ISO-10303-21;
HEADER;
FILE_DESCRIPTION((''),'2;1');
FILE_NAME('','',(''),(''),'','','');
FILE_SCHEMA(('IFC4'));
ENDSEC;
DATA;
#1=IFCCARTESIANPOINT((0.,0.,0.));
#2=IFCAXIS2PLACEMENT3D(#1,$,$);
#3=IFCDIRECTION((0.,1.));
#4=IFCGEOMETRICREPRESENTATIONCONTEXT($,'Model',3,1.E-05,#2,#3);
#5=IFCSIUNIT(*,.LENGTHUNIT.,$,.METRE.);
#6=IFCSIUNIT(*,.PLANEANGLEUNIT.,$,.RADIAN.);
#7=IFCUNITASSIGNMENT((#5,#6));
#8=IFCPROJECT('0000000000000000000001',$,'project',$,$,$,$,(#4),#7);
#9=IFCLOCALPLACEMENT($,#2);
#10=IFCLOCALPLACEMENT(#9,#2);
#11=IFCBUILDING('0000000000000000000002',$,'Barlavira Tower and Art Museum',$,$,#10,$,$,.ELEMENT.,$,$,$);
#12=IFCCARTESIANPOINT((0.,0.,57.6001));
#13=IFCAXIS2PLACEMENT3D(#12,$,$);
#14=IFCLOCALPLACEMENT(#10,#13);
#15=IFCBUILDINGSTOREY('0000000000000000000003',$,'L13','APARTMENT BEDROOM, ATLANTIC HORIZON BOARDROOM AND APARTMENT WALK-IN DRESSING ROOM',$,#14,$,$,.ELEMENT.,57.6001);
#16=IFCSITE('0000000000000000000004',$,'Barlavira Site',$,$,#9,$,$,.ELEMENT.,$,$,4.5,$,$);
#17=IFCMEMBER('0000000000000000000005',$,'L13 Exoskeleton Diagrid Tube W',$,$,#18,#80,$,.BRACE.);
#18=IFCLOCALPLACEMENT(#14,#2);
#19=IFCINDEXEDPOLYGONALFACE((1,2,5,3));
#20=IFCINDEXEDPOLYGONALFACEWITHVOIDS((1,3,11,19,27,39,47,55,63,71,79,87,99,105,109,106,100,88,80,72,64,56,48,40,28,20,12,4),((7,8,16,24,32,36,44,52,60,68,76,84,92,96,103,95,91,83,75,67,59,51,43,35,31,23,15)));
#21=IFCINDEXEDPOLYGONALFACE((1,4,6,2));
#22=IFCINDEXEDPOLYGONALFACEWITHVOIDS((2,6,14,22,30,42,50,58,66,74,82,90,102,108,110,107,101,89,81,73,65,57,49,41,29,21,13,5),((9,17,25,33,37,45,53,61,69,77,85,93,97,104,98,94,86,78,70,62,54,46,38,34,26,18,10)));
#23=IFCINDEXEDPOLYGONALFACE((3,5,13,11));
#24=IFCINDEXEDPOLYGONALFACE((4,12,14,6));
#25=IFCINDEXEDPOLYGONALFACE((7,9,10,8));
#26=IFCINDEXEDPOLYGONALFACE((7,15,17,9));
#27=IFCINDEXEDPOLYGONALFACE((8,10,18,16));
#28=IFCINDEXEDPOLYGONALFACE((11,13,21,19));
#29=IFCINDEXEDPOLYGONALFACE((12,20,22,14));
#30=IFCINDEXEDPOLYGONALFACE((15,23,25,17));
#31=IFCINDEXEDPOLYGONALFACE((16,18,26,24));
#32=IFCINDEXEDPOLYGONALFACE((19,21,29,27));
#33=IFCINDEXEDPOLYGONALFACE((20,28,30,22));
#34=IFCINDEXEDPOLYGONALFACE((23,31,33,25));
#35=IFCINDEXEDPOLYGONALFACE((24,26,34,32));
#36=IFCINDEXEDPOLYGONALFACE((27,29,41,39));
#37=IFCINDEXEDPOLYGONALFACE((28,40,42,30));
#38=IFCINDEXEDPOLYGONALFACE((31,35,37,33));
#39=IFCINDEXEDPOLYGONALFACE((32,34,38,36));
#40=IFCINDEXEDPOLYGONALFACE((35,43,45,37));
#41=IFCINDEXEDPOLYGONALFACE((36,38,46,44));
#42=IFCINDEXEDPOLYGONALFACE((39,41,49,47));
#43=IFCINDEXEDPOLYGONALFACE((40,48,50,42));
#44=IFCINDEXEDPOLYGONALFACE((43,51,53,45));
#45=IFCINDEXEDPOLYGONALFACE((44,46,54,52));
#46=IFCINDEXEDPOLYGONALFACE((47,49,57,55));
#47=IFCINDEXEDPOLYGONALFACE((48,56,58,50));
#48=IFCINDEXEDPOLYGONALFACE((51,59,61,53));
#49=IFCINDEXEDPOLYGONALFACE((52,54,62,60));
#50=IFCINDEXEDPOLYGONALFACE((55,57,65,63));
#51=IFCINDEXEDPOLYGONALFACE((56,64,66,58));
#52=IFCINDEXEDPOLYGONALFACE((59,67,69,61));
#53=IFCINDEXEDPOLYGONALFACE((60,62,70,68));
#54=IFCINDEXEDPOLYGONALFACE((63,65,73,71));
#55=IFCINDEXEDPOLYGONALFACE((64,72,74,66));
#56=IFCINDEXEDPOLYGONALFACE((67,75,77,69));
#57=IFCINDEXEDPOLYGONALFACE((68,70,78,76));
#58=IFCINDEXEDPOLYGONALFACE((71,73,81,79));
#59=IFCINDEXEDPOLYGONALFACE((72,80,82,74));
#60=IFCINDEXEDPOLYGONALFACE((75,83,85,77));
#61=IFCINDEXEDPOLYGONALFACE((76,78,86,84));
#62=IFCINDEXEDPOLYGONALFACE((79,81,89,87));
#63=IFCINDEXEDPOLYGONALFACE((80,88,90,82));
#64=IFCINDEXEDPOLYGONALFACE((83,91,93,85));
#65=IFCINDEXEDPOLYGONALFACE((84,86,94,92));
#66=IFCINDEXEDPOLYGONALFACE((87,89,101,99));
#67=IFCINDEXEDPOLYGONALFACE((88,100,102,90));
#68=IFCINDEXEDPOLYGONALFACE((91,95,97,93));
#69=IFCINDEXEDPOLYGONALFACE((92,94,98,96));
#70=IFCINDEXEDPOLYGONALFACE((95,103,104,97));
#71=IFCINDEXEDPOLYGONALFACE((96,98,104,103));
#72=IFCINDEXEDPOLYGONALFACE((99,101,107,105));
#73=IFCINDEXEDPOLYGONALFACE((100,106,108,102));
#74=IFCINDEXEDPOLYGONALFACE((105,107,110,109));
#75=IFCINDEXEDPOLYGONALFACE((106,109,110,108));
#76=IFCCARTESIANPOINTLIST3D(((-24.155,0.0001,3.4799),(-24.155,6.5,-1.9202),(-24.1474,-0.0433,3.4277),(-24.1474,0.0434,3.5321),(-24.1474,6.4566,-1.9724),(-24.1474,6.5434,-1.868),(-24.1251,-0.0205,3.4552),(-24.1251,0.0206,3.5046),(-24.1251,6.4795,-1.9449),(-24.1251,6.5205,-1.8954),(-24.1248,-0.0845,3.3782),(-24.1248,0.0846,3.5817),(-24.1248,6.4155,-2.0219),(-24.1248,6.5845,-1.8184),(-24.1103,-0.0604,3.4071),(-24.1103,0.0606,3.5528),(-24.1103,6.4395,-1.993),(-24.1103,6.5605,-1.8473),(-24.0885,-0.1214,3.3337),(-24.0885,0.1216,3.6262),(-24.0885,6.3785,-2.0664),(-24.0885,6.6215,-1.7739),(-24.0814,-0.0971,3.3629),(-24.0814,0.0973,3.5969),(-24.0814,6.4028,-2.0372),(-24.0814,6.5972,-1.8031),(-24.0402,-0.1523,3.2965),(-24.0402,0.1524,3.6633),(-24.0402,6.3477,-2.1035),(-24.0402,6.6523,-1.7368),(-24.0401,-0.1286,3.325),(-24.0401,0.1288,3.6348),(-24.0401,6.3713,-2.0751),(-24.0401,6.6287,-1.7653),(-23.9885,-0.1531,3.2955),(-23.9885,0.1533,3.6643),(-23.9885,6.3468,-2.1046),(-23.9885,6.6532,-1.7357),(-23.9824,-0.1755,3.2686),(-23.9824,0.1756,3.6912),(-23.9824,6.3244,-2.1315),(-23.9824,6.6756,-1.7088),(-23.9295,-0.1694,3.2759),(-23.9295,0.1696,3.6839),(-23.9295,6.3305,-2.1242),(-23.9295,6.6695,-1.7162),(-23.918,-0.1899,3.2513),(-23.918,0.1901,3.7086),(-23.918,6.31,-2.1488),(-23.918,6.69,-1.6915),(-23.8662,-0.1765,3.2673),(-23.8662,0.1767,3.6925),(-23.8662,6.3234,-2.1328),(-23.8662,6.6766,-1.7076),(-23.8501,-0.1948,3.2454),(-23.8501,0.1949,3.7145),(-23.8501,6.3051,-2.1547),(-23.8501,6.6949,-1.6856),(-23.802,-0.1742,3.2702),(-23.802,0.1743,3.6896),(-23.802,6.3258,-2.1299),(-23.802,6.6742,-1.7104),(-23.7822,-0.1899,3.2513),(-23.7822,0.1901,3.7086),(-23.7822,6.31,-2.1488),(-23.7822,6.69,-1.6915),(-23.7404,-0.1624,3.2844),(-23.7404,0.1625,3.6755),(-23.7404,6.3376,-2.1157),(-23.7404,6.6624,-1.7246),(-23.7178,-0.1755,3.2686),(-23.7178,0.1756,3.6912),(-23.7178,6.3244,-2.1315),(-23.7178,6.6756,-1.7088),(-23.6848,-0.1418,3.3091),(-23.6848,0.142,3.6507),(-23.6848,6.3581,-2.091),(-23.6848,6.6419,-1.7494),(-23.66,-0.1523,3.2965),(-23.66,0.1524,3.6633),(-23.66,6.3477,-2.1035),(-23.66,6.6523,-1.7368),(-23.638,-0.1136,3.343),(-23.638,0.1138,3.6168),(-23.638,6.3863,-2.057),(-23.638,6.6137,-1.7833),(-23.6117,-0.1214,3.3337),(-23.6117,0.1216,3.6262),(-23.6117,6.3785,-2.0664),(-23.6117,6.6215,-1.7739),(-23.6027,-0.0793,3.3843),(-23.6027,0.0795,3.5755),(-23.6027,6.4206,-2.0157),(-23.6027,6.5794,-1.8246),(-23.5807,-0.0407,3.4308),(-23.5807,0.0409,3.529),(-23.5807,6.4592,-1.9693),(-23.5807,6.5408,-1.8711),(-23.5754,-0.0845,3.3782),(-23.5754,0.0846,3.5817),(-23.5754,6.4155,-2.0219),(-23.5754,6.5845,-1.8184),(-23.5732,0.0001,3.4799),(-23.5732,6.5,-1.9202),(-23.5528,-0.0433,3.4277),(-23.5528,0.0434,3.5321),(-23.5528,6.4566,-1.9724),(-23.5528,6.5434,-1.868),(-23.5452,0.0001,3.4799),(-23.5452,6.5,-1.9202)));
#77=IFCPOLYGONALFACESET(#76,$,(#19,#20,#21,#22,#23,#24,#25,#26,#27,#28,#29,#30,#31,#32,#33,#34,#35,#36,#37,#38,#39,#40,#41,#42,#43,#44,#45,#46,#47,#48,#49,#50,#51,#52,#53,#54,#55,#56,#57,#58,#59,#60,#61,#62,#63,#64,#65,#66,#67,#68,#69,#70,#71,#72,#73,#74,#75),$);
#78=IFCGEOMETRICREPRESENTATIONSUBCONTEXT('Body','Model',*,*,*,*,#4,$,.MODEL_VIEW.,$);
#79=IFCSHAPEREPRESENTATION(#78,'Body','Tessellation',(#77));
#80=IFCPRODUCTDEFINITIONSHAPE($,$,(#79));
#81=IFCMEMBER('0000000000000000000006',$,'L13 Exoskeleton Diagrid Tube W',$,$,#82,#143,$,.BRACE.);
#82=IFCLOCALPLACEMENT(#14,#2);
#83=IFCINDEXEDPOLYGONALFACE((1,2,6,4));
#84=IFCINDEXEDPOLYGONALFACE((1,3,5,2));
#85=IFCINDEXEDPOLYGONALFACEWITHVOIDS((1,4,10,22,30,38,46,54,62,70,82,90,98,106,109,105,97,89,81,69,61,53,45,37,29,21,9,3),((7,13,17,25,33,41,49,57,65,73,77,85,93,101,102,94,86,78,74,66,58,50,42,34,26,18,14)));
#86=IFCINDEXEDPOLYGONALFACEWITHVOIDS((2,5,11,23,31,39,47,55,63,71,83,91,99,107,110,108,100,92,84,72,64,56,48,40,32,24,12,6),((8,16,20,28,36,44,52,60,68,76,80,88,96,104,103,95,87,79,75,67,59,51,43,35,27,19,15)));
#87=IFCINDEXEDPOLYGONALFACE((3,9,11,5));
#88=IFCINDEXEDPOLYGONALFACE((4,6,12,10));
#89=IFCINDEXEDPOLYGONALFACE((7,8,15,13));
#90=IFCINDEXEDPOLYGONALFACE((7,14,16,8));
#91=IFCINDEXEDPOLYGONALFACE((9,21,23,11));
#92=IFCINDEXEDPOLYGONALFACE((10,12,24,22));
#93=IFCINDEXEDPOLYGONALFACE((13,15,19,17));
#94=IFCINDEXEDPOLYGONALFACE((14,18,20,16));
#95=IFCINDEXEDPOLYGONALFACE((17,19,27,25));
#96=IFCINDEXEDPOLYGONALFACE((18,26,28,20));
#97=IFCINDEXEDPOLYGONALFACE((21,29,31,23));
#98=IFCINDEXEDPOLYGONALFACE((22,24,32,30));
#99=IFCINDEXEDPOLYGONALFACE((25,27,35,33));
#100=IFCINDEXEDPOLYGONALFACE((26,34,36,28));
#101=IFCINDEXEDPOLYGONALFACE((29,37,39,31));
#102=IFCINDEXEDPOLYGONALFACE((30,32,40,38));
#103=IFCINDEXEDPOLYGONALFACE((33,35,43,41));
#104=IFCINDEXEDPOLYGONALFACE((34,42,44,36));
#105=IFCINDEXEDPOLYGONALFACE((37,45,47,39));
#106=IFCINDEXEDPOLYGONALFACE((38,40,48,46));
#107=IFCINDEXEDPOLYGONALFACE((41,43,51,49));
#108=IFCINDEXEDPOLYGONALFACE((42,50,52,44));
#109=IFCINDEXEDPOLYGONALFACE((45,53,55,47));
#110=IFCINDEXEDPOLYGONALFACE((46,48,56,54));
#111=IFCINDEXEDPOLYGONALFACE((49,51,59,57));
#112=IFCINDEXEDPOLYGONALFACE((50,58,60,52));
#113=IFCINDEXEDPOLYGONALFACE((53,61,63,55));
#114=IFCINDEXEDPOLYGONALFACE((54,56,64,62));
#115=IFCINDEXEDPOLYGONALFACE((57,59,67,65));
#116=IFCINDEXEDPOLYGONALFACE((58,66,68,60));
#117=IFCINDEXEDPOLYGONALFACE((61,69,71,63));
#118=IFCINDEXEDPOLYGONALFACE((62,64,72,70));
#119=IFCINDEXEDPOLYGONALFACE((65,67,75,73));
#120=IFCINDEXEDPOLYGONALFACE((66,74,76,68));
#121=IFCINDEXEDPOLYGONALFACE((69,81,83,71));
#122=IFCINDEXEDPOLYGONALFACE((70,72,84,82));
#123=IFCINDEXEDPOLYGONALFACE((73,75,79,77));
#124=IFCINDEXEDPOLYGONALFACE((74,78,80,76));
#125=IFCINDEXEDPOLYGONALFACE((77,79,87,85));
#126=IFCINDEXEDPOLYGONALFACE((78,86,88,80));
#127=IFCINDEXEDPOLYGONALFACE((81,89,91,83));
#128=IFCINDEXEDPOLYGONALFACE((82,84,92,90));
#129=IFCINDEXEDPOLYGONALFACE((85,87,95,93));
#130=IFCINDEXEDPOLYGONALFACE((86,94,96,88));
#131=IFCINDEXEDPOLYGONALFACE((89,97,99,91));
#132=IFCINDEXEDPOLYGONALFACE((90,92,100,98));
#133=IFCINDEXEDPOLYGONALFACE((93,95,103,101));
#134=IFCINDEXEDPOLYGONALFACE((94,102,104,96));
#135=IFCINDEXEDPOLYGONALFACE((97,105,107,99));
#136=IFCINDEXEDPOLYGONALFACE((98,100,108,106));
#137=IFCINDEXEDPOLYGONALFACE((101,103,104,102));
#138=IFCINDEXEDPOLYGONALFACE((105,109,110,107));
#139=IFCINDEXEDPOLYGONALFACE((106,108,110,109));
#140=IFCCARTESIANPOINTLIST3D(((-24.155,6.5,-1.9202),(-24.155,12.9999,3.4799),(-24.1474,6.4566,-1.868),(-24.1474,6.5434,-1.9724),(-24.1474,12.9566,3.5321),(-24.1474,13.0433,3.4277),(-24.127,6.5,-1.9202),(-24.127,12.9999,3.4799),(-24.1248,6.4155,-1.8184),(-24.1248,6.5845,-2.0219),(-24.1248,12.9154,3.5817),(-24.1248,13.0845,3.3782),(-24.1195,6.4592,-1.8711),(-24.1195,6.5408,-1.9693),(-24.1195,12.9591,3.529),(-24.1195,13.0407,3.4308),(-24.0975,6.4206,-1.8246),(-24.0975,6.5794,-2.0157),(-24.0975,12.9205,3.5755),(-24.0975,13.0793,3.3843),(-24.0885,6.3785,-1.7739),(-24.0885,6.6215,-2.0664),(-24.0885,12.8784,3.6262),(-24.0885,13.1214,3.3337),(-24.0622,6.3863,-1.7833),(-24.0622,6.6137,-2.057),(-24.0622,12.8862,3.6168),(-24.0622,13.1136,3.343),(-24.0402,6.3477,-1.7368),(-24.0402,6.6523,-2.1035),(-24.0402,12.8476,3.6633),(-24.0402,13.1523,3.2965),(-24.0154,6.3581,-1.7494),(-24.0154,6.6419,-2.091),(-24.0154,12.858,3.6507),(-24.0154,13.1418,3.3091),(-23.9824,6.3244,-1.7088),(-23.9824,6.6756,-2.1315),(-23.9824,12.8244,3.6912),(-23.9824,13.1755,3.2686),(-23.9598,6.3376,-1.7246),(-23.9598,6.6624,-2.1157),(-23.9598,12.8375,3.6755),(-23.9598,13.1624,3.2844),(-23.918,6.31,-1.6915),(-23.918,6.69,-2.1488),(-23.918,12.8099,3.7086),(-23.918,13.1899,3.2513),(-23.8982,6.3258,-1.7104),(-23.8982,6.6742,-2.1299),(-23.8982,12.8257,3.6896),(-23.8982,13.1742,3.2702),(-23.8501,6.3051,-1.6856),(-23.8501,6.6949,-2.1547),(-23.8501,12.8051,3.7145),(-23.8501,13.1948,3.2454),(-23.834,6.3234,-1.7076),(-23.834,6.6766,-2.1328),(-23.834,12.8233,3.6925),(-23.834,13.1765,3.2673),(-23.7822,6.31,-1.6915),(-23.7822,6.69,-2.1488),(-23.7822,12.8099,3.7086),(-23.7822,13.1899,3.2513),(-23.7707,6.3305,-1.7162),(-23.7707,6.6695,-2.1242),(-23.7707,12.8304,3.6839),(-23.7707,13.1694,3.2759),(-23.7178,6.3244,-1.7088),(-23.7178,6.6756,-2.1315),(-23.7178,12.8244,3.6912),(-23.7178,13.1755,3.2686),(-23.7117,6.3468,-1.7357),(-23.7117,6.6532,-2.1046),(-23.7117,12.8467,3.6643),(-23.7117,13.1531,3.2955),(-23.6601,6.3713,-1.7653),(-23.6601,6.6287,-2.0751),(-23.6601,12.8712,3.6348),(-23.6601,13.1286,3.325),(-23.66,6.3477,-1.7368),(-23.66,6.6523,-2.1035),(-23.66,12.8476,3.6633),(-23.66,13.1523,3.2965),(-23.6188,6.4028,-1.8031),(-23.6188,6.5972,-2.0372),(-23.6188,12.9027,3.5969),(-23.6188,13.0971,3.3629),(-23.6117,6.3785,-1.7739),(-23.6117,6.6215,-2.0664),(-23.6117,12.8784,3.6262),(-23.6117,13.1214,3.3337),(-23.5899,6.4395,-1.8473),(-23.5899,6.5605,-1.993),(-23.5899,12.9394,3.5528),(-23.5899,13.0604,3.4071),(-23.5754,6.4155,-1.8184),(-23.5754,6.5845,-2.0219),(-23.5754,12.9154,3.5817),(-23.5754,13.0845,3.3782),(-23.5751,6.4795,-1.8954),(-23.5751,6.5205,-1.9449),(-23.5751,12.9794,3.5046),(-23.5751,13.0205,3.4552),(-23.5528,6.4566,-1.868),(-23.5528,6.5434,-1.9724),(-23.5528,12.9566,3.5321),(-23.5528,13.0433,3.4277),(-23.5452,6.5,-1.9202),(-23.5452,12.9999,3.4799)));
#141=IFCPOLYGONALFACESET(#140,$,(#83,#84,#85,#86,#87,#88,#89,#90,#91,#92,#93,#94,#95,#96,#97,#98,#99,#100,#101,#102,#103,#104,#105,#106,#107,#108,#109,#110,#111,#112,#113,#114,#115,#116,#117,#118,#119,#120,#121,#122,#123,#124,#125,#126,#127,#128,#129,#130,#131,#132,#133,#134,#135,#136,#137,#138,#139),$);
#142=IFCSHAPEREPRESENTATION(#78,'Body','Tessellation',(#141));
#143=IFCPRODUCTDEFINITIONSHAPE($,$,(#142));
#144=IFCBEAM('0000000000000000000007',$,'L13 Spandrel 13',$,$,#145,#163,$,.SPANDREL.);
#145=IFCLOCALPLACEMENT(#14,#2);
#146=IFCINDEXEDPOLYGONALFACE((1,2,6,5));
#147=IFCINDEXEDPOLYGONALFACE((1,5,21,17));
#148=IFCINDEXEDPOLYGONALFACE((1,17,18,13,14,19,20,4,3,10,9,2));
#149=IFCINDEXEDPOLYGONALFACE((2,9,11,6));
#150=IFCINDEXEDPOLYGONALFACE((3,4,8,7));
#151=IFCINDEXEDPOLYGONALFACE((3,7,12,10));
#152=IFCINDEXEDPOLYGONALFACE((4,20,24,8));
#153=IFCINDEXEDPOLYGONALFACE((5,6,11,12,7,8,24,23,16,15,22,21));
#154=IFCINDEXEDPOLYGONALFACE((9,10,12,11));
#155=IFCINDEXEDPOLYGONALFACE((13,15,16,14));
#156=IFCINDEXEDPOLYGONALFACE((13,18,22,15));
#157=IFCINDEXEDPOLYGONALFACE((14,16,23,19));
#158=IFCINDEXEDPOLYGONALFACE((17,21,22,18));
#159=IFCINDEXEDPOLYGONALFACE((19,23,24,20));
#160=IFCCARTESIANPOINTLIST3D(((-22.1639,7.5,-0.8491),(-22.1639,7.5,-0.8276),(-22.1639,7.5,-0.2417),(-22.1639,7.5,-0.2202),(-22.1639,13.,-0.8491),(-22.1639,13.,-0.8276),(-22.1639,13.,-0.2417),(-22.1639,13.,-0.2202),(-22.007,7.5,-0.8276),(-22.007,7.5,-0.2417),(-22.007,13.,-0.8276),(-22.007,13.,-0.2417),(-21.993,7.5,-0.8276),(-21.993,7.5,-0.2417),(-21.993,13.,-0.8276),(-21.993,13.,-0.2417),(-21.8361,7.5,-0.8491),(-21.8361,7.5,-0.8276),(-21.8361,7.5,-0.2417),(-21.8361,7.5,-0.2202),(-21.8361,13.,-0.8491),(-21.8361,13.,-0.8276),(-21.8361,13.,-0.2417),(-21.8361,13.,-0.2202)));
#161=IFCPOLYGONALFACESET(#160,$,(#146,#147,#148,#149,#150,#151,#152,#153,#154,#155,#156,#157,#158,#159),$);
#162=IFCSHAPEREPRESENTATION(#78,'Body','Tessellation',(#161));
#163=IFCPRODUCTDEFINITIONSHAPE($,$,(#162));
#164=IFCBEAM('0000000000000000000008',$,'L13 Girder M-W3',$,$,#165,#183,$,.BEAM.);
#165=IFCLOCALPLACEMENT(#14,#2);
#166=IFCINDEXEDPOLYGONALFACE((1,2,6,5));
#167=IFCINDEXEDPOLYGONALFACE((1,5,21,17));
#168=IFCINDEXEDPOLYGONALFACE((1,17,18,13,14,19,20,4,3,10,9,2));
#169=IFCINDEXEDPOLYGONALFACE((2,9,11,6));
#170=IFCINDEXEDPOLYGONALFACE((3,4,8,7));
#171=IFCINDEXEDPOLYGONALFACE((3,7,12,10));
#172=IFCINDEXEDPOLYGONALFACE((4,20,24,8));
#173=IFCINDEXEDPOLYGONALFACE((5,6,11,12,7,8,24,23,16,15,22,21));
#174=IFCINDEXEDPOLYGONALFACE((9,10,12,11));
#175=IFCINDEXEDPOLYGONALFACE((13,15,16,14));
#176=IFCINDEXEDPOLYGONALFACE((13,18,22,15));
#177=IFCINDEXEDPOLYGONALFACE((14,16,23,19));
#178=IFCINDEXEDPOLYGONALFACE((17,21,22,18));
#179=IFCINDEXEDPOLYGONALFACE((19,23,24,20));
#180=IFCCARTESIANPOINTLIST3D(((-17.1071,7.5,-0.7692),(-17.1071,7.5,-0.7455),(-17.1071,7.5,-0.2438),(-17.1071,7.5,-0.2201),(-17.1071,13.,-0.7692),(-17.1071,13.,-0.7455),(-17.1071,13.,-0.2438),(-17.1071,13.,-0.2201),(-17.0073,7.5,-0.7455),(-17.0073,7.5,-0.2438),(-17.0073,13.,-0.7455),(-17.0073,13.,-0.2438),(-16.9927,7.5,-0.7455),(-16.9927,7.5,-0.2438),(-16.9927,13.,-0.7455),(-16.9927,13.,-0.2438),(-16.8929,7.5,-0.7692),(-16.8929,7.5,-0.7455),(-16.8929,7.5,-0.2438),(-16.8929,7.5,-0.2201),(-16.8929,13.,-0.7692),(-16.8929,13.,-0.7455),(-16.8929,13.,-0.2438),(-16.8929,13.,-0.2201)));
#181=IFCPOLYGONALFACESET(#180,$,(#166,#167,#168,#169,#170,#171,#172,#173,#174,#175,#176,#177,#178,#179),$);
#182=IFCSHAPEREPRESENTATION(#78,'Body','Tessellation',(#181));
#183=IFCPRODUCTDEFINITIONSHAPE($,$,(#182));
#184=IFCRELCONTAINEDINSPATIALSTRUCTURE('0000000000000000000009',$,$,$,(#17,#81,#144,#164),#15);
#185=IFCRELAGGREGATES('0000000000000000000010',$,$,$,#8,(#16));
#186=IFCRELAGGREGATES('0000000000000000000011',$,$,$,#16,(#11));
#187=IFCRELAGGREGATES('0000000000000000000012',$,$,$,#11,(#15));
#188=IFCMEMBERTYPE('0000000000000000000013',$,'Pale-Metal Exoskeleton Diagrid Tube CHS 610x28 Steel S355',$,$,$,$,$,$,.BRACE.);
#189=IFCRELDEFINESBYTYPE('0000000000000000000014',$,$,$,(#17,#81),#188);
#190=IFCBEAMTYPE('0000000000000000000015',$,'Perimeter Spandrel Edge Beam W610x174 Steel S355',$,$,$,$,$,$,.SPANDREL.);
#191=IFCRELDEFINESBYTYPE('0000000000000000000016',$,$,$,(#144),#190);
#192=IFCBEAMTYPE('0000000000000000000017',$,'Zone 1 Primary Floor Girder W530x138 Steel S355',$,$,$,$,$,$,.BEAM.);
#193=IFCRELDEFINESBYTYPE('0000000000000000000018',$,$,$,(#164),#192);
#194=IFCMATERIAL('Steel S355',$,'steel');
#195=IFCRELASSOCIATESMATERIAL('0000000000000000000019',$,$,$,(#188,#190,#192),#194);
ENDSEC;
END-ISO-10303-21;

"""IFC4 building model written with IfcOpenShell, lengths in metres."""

from ifc_helpers import new_model, si_unit, direction, frame, origin, origin_2d, place, context, subcontext, project, spatial, hollow_circle, i_section, extrude, material, material_profile, profile_set, type_object, element, save


model = new_model("IFC4")

# Units and contexts
model_context = context("Model", 3, precision=1e-05, world=origin(), true_north=direction((0.0, 1.0)))
body_context = subcontext(model_context, "Body", "Model", "MODEL_VIEW")
ifc_project = project(units=[si_unit("LENGTHUNIT", "METRE"), si_unit("PLANEANGLEUNIT", "RADIAN")], contexts=[model_context])

# Site, building, storey
site_placement = place(None, origin())
site = spatial("IfcSite", under=ifc_project, at=site_placement, Name="Barlavira Site", CompositionType="ELEMENT", RefElevation=4.5)
building_placement = place(site_placement, origin())
building = spatial("IfcBuilding", under=site, at=building_placement, Name="Barlavira Tower and Art Museum", CompositionType="ELEMENT")
storey_placement = place(building_placement, frame((0.0, 0.0, 57.6001)))
storey = spatial("IfcBuildingStorey", under=building, at=storey_placement, Name="L13", Description="APARTMENT BEDROOM, ATLANTIC HORIZON BOARDROOM AND APARTMENT WALK-IN DRESSING ROOM", CompositionType="ELEMENT", Elevation=57.6001)

# Members
ifc_material_1 = material(Name="Steel S355", Category="steel")
ifc_material_profile_1 = material_profile(ifc_material_1, hollow_circle(Radius=0.3049, WallThickness=0.0281, at=origin_2d()), Name="CHS 610.0x28.0")
ifc_profile_set_1 = profile_set([ifc_material_profile_1], Name="Steel S355")
member_type_1 = type_object("IfcMemberType", Name="Pale-Metal Exoskeleton Diagrid Tube CHS 610x28 Steel S355", PredefinedType="BRACE", material=ifc_profile_set_1)
for number, where, z_axis, x_axis, name in (
    (1, (-23.8501, 6.5, -1.9202), (0.0, -0.769182, 0.63903), (1.0, 0.0, 0.0), "L13 Exoskeleton Diagrid Tube W"),
    (2, (-23.8501, 6.5, -1.9202), (0.0, 0.769182, 0.63903), (-1.0, 0.0, 0.0), "L13 Exoskeleton Diagrid Tube W"),
):
    element("IfcMember", number, at=place(storey_placement, frame(where, z_axis=z_axis, x_axis=x_axis)), inside=storey, type_object=member_type_1, Name=name, PredefinedType="BRACE", context=body_context, shape_type="SweptSolid", body=[
        extrude(hollow_circle(Radius=0.3049, WallThickness=0.0281, at=origin_2d()), origin(), (0.0, 0.0, 1.0), 8.4504),
    ])

# Beams
ifc_material_profile_2 = material_profile(ifc_material_1, i_section(OverallWidth=0.3279, OverallDepth=0.6289, WebThickness=0.0139, FlangeThickness=0.0215, at=origin_2d()), Name="W610x174.0")
ifc_profile_set_2 = profile_set([ifc_material_profile_2], Name="Steel S355")
beam_type_1 = type_object("IfcBeamType", Name="Perimeter Spandrel Edge Beam W610x174 Steel S355", PredefinedType="SPANDREL", material=ifc_profile_set_2)
beam_1_placement = place(storey_placement, frame((-22.0, 7.5, -0.5347), z_axis=(0.0, 1.0, 0.0), x_axis=(-1.0, 0.0, 0.0)))
element("IfcBeam", 3, at=beam_1_placement, inside=storey, type_object=beam_type_1, Name="L13 Spandrel 13", PredefinedType="SPANDREL", context=body_context, shape_type="SweptSolid", body=[
    extrude(i_section(OverallWidth=0.3279, OverallDepth=0.6289, WebThickness=0.0139, FlangeThickness=0.0215, at=origin_2d()), origin(), (0.0, 0.0, 1.0), 5.5),
])
ifc_material_profile_3 = material_profile(ifc_material_1, i_section(OverallWidth=0.2141, OverallDepth=0.5491, WebThickness=0.0146, FlangeThickness=0.0237, at=origin_2d()), Name="W530x138.0")
ifc_profile_set_3 = profile_set([ifc_material_profile_3], Name="Steel S355")
beam_type_2 = type_object("IfcBeamType", Name="Zone 1 Primary Floor Girder W530x138 Steel S355", PredefinedType="BEAM", material=ifc_profile_set_3)
beam_2_placement = place(storey_placement, frame((-17.0, 7.5, -0.4946), z_axis=(0.0, 1.0, 0.0), x_axis=(-1.0, 0.0, 0.0)))
element("IfcBeam", 4, at=beam_2_placement, inside=storey, type_object=beam_type_2, Name="L13 Girder M-W3", PredefinedType="BEAM", context=body_context, shape_type="SweptSolid", body=[
    extrude(i_section(OverallWidth=0.2141, OverallDepth=0.5491, WebThickness=0.0146, FlangeThickness=0.0237, at=origin_2d()), origin(), (0.0, 0.0, 1.0), 5.5),
])

save(model, "model.ifc")
